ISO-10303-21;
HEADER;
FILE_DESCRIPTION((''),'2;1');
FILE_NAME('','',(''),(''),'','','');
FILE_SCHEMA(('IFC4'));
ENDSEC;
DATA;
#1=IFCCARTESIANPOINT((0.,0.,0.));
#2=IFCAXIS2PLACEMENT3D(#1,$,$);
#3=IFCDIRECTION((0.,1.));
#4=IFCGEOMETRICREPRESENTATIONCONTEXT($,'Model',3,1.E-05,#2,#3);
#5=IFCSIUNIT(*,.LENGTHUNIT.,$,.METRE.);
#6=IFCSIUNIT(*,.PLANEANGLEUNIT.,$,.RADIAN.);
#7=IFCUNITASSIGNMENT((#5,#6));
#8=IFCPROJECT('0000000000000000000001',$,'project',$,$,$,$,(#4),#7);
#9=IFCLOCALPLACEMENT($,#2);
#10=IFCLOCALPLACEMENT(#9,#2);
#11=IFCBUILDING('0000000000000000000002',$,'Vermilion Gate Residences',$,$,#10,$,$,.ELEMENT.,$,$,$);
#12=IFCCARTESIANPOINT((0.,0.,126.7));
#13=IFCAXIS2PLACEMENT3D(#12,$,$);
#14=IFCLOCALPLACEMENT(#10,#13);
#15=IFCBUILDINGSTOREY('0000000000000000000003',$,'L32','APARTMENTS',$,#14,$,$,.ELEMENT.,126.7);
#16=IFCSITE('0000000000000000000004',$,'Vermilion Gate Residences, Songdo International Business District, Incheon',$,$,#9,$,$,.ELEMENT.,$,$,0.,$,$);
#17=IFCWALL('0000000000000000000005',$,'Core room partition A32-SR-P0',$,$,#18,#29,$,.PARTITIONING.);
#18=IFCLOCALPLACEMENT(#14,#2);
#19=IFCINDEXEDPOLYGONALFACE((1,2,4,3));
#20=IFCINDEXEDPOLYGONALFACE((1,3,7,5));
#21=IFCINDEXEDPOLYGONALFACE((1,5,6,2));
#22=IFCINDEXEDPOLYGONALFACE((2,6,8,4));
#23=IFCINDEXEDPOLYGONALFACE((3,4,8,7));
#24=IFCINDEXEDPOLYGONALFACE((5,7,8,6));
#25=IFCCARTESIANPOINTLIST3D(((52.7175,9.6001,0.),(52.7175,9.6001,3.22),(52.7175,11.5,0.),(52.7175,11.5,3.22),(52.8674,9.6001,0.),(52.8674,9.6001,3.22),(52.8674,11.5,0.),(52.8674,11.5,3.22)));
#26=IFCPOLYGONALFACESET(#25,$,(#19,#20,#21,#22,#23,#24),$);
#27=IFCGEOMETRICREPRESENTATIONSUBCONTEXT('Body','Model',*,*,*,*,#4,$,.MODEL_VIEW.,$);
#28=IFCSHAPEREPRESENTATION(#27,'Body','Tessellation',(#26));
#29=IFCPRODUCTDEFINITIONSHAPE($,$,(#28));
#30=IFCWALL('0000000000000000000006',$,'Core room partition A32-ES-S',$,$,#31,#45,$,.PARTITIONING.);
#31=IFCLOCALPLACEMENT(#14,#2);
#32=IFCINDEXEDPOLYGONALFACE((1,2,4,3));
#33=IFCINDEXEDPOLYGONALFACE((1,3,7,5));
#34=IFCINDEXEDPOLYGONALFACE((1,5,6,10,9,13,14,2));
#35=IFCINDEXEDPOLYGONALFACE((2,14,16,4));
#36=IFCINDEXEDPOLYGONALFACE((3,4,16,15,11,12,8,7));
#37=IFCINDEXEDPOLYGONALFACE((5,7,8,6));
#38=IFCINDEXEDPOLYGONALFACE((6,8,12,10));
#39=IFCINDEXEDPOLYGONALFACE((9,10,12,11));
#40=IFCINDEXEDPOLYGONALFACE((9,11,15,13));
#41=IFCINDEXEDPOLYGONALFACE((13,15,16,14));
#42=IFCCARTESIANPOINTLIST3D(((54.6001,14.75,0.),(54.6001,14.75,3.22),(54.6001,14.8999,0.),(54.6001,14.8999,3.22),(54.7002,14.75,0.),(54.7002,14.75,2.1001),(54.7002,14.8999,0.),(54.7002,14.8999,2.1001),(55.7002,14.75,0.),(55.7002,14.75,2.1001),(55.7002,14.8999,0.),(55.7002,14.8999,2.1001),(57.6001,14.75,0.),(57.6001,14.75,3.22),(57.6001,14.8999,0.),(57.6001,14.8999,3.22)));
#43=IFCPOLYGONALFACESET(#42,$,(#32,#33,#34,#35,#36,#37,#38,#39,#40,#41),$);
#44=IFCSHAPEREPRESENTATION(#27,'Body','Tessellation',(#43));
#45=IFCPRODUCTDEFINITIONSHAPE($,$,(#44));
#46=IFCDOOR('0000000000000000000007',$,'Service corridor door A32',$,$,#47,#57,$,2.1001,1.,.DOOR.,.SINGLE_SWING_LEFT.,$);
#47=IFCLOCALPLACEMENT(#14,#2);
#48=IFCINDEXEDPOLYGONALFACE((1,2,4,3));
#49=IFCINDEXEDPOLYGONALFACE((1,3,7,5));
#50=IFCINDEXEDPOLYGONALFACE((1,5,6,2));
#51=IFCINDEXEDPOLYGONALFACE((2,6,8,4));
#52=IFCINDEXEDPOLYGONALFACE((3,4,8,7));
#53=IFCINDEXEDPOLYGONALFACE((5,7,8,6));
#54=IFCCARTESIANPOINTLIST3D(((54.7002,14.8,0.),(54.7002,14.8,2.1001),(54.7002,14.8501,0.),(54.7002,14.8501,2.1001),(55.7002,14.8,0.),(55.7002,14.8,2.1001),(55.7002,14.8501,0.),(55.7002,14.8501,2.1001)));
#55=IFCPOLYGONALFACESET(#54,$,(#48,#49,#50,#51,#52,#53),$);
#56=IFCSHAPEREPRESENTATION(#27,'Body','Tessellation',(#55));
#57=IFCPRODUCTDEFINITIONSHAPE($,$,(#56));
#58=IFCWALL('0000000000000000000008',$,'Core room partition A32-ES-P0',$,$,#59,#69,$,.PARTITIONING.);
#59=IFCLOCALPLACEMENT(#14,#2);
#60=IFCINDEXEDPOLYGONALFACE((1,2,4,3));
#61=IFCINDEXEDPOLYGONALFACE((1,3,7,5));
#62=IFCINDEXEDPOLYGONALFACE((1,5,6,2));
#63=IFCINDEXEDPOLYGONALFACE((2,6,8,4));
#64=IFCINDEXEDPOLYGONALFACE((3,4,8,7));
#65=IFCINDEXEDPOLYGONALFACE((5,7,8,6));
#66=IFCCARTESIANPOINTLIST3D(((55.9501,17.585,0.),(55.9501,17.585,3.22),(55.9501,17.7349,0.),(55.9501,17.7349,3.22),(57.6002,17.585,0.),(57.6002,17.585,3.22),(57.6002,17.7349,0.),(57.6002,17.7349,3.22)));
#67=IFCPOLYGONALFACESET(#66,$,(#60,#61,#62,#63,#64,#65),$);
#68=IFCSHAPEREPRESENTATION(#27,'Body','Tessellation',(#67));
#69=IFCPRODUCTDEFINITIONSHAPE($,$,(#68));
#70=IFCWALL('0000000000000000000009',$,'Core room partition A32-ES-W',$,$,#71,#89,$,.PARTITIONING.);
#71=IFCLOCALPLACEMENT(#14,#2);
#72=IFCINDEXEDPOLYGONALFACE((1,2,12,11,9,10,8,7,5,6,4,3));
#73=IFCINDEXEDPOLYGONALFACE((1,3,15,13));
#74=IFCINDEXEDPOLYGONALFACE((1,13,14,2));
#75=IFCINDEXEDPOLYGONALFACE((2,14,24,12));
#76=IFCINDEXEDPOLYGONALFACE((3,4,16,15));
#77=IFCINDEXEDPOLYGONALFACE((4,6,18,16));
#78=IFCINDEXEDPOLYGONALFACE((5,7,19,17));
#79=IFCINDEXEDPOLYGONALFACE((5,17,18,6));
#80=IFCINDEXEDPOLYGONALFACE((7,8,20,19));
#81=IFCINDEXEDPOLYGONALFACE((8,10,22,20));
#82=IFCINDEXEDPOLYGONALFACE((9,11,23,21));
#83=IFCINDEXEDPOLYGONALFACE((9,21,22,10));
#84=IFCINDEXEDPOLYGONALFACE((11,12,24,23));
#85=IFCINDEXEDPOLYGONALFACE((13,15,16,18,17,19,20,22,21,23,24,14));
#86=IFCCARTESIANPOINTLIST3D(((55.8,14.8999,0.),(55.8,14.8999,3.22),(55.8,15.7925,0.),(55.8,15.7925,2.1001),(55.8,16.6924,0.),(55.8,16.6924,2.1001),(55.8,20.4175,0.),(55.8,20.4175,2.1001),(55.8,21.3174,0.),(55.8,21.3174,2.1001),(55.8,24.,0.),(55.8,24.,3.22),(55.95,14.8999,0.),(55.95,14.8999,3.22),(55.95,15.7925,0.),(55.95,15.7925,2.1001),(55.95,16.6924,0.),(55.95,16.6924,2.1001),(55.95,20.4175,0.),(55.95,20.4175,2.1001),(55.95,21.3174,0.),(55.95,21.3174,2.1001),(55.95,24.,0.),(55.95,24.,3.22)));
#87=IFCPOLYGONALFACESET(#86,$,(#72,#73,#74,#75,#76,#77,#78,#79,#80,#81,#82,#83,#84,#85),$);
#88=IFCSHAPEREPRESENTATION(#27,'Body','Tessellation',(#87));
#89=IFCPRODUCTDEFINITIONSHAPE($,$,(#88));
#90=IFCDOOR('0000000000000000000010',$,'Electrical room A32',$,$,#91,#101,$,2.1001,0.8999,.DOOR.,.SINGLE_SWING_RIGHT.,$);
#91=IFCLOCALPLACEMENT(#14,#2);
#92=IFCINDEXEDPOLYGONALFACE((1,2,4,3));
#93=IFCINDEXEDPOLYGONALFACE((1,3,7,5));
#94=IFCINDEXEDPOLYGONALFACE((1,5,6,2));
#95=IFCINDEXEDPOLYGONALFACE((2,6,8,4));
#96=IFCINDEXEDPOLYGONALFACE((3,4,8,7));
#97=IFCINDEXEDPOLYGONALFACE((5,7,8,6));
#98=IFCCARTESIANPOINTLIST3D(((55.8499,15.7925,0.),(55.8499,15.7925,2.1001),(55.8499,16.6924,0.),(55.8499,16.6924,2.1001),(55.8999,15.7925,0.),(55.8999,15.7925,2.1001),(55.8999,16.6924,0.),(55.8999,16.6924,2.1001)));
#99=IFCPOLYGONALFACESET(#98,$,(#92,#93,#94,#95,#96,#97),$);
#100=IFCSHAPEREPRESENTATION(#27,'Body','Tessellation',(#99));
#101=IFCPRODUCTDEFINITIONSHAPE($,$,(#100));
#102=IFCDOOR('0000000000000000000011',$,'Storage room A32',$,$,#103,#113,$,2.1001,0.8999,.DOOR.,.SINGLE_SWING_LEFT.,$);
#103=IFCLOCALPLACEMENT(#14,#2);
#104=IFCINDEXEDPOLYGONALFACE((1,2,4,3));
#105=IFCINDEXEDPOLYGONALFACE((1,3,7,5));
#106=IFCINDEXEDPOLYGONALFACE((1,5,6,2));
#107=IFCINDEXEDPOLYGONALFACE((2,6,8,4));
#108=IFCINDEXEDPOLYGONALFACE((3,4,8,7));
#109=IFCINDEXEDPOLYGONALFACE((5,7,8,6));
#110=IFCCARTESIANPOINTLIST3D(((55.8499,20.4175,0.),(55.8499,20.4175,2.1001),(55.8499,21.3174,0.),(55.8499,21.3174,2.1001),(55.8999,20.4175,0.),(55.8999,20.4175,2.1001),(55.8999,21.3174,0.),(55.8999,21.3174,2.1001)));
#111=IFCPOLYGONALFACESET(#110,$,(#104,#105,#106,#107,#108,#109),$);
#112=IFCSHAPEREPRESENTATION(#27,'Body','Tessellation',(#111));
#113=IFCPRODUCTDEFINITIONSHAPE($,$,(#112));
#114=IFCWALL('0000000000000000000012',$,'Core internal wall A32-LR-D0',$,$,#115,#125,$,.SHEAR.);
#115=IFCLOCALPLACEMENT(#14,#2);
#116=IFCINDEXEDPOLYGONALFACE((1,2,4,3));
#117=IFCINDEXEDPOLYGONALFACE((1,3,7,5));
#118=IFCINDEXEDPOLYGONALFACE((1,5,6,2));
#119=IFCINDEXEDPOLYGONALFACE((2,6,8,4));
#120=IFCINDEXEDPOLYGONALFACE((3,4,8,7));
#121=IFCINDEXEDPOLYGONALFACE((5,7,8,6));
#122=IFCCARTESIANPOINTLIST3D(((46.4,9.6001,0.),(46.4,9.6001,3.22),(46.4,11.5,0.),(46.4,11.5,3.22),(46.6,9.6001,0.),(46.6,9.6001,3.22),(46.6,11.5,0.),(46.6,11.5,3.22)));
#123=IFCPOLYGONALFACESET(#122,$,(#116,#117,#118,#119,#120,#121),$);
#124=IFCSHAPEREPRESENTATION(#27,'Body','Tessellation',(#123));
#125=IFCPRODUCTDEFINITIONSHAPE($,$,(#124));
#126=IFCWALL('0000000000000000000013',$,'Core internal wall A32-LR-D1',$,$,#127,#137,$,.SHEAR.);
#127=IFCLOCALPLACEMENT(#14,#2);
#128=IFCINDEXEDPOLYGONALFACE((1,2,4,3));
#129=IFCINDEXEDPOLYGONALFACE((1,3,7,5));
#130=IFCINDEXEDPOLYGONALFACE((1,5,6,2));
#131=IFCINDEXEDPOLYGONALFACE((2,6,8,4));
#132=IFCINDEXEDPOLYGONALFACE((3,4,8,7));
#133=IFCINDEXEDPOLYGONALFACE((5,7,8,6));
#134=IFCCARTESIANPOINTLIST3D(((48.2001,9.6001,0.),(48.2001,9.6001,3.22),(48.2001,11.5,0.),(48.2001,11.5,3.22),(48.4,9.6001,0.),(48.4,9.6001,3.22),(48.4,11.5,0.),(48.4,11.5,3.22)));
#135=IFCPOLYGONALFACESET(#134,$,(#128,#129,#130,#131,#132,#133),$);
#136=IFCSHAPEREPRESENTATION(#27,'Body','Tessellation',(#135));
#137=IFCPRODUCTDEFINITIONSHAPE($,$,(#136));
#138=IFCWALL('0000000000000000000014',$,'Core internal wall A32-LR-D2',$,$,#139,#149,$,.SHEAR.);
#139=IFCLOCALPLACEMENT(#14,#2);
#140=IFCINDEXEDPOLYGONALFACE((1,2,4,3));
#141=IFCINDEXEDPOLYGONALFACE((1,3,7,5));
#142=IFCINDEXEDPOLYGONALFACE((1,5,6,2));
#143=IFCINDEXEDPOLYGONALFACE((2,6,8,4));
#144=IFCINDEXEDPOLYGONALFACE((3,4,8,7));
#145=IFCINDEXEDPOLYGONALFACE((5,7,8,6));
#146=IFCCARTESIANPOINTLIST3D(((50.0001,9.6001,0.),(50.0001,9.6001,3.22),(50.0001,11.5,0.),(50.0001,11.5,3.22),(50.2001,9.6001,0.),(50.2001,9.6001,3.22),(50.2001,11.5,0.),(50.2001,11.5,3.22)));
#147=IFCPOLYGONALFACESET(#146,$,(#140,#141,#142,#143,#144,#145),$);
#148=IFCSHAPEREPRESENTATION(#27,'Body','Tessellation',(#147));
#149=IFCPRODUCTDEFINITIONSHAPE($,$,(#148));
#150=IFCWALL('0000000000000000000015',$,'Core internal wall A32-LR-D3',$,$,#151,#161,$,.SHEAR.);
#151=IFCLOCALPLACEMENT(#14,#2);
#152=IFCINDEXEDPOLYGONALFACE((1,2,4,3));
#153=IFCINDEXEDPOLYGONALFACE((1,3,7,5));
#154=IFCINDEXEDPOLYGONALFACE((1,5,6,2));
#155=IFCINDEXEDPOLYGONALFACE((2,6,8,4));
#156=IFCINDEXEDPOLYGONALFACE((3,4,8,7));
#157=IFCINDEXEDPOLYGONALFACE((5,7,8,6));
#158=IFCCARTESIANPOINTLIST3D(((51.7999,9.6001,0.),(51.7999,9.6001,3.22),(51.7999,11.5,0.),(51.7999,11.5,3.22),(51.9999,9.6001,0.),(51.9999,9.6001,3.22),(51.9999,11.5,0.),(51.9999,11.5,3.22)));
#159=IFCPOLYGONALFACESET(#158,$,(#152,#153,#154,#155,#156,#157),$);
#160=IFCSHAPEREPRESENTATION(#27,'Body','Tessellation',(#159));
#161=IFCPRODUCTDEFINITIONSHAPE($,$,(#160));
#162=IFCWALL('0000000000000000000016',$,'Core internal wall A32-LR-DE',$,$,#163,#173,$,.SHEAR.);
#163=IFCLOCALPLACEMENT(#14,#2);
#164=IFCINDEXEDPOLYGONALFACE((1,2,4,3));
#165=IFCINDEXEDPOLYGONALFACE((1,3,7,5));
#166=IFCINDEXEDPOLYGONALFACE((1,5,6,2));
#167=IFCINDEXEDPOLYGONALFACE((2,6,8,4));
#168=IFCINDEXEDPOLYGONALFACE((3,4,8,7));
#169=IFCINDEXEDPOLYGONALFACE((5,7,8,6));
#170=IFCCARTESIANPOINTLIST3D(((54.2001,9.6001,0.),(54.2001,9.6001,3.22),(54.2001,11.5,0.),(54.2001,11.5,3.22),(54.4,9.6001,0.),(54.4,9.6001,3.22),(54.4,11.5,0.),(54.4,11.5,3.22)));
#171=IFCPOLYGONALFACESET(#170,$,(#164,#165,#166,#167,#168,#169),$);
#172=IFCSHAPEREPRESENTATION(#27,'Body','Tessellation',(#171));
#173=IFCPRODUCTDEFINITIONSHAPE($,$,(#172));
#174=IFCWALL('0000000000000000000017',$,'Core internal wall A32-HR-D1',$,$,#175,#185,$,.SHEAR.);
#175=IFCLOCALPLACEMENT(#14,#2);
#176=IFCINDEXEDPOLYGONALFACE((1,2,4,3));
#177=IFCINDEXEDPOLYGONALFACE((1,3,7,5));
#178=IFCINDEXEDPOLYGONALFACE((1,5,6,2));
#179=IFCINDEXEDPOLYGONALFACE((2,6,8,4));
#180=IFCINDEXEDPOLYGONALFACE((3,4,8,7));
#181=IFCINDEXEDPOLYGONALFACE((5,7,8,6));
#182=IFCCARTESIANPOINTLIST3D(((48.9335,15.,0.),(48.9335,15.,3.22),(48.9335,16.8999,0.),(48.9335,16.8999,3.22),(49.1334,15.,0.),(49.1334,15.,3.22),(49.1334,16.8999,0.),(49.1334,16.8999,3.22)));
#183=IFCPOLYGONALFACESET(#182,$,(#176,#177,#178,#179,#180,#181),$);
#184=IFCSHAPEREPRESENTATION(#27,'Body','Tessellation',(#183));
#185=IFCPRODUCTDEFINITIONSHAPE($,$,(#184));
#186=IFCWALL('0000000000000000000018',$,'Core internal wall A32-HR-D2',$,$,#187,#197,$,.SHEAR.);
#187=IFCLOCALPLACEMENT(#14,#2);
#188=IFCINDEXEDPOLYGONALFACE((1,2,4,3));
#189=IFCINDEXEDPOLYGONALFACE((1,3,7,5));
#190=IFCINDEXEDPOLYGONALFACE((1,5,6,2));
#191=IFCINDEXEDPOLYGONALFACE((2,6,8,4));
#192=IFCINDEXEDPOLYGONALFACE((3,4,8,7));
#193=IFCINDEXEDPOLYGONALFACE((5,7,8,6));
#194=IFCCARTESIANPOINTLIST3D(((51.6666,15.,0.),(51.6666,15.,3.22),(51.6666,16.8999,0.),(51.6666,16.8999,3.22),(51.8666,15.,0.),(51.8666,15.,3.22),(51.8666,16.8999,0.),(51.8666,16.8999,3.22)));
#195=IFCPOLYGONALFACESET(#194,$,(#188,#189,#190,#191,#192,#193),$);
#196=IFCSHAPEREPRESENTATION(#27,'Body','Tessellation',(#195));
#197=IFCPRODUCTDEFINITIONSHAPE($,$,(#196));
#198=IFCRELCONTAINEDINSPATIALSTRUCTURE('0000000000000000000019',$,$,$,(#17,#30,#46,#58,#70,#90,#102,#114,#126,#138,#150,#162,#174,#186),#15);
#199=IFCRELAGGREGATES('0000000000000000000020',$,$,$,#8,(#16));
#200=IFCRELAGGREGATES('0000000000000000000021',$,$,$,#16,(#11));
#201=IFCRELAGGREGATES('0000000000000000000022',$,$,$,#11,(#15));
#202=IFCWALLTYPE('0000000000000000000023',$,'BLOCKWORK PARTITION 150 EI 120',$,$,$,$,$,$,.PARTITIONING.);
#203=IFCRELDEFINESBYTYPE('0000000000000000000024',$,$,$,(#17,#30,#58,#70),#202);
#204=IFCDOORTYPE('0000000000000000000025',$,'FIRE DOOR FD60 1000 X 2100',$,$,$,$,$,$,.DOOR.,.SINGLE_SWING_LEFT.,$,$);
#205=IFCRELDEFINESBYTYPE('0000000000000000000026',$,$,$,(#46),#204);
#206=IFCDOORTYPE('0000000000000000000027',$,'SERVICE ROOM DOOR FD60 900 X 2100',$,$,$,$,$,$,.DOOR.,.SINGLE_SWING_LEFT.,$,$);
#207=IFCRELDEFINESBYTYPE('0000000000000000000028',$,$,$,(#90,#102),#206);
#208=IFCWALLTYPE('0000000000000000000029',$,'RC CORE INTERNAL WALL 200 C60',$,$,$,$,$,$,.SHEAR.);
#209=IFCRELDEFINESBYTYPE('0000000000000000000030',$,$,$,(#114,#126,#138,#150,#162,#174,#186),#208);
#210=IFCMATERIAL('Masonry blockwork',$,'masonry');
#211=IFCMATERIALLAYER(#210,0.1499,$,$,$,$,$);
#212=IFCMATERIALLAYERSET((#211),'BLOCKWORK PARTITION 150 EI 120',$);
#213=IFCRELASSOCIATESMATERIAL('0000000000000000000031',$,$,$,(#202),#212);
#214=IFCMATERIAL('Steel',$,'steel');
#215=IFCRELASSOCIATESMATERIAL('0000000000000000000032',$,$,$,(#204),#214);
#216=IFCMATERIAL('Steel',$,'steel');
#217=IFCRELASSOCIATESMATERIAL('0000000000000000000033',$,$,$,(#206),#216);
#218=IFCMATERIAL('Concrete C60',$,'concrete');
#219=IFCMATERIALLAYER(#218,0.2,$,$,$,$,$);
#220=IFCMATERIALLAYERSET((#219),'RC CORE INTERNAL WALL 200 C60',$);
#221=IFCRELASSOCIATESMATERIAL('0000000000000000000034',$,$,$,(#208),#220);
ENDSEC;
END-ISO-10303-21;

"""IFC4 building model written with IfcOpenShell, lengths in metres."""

from ifc_helpers import new_model, si_unit, direction, frame, frame_2d, origin, place, context, subcontext, project, spatial, rectangle, extrude, material, layer, layer_set, type_object, element, fill, save


model = new_model("IFC4")

# Units and contexts
model_context = context("Model", 3, precision=1e-05, world=origin(), true_north=direction((0.0, 1.0)))
body_context = subcontext(model_context, "Body", "Model", "MODEL_VIEW")
ifc_project = project(units=[si_unit("LENGTHUNIT", "METRE"), si_unit("PLANEANGLEUNIT", "RADIAN")], contexts=[model_context])

# Site, building, storey
site_placement = place(None, origin())
site = spatial("IfcSite", under=ifc_project, at=site_placement, Name="Vermilion Gate Residences, Songdo International Business District, Incheon", CompositionType="ELEMENT", RefElevation=0.0)
building_placement = place(site_placement, origin())
building = spatial("IfcBuilding", under=site, at=building_placement, Name="Vermilion Gate Residences", CompositionType="ELEMENT")
storey_placement = place(building_placement, frame((0.0, 0.0, 126.7)))
storey = spatial("IfcBuildingStorey", under=building, at=storey_placement, Name="L32", Description="APARTMENTS", CompositionType="ELEMENT", Elevation=126.7)

# Wall
ifc_material_1 = material(Name="Masonry blockwork", Category="masonry")
ifc_layer_1 = layer(ifc_material_1, 0.1499)
ifc_layer_set_1 = layer_set([ifc_layer_1], Name="BLOCKWORK PARTITION 150 EI 120")
wall_type_1 = type_object("IfcWallType", Name="BLOCKWORK PARTITION 150 EI 120", PredefinedType="PARTITIONING", material=ifc_layer_set_1)
wall_1_placement = place(storey_placement, frame((52.7925, 9.6001, 0.0), z_axis=(0.0, 0.0, 1.0), x_axis=(0.0, 1.0, 0.0)))
element("IfcWall", 1, at=wall_1_placement, inside=storey, type_object=wall_type_1, Name="Core room partition A32-SR-P0", PredefinedType="PARTITIONING", context=body_context, shape_type="SweptSolid", body=[
    extrude(rectangle(XDim=1.8999, YDim=0.1499, at=frame_2d((0.95, 0.0))), origin(), (0.0, 0.0, 1.0), 3.22),
])

# Wall, opening, door
wall_2_placement = place(storey_placement, frame((54.6001, 14.825, 0.0), z_axis=(0.0, 0.0, 1.0), x_axis=(1.0, 0.0, 0.0)))
wall_2 = element("IfcWall", 2, at=wall_2_placement, inside=storey, type_object=wall_type_1, Name="Core room partition A32-ES-S", PredefinedType="PARTITIONING", context=body_context, shape_type="SweptSolid", body=[
    extrude(rectangle(XDim=3.0, YDim=0.1499, at=frame_2d((1.5, 0.0))), origin(), (0.0, 0.0, 1.0), 3.22),
])
opening_1_placement = place(wall_2_placement, frame((0.1001, 0.0, 0.0)))
opening_1 = element("IfcOpeningElement", 3, at=opening_1_placement, cuts=wall_2, PredefinedType="OPENING", context=body_context, shape_type="SweptSolid", body=[
    extrude(rectangle(XDim=1.0, YDim=2.1001, at=frame_2d((0.5, 1.05))), frame((0.0, 0.085, 0.0), z_axis=(0.0, -1.0, 0.0), x_axis=(1.0, 0.0, 0.0)), (0.0, 0.0, 1.0), 0.1699),
])
ifc_material_2 = material(Name="Steel", Category="steel")
door_type_1 = type_object("IfcDoorType", Name="FIRE DOOR FD60 1000 X 2100", OperationType="SINGLE_SWING_LEFT", PredefinedType="DOOR", material=ifc_material_2)
door_1_placement = place(opening_1_placement, frame((1.0, 0.0, 0.0), z_axis=(0.0, 0.0, 1.0), x_axis=(-1.0, 0.0, 0.0)))
door_1 = element("IfcDoor", 4, at=door_1_placement, inside=storey, type_object=door_type_1, Name="Service corridor door A32", OperationType="SINGLE_SWING_LEFT", OverallHeight=2.1001, OverallWidth=1.0, PredefinedType="DOOR", context=body_context, shape_type="SweptSolid", body=[
    extrude(rectangle(XDim=1.0, YDim=2.1001, at=frame_2d((0.5, 1.05))), frame((0.0, 0.0249, 0.0), z_axis=(0.0, -1.0, 0.0), x_axis=(1.0, 0.0, 0.0)), (0.0, 0.0, 1.0), 0.05),
])
fill(opening_1, door_1)

# Wall
wall_3_placement = place(storey_placement, frame((55.95, 17.6599, 0.0), z_axis=(0.0, 0.0, 1.0), x_axis=(1.0, 0.0, 0.0)))
element("IfcWall", 5, at=wall_3_placement, inside=storey, type_object=wall_type_1, Name="Core room partition A32-ES-P0", PredefinedType="PARTITIONING", context=body_context, shape_type="SweptSolid", body=[
    extrude(rectangle(XDim=1.6501, YDim=0.1499, at=frame_2d((0.8252, 0.0))), origin(), (0.0, 0.0, 1.0), 3.22),
])

# Wall, openings, doors
wall_4_placement = place(storey_placement, frame((55.875, 14.8999, 0.0), z_axis=(0.0, 0.0, 1.0), x_axis=(0.0, 1.0, 0.0)))
wall_4 = element("IfcWall", 6, at=wall_4_placement, inside=storey, type_object=wall_type_1, Name="Core room partition A32-ES-W", PredefinedType="PARTITIONING", context=body_context, shape_type="SweptSolid", body=[
    extrude(rectangle(XDim=9.1001, YDim=0.1499, at=frame_2d((4.55, 0.0))), origin(), (0.0, 0.0, 1.0), 3.22),
])
opening_2_placement = place(wall_4_placement, frame((0.8926, 0.0, 0.0)))
opening_2 = element("IfcOpeningElement", 7, at=opening_2_placement, cuts=wall_4, PredefinedType="OPENING", context=body_context, shape_type="SweptSolid", body=[
    extrude(rectangle(XDim=0.8999, YDim=2.1001, at=frame_2d((0.45, 1.05))), frame((0.0, 0.085, 0.0), z_axis=(0.0, -1.0, 0.0), x_axis=(1.0, 0.0, 0.0)), (0.0, 0.0, 1.0), 0.1699),
])
opening_3_placement = place(wall_4_placement, frame((5.5176, 0.0, 0.0)))
opening_3 = element("IfcOpeningElement", 8, at=opening_3_placement, cuts=wall_4, PredefinedType="OPENING", context=body_context, shape_type="SweptSolid", body=[
    extrude(rectangle(XDim=0.8999, YDim=2.1001, at=frame_2d((0.45, 1.05))), frame((0.0, 0.085, 0.0), z_axis=(0.0, -1.0, 0.0), x_axis=(1.0, 0.0, 0.0)), (0.0, 0.0, 1.0), 0.1699),
])
ifc_material_3 = material(Name="Steel", Category="steel")
door_type_2 = type_object("IfcDoorType", Name="SERVICE ROOM DOOR FD60 900 X 2100", OperationType="SINGLE_SWING_LEFT", PredefinedType="DOOR", material=ifc_material_3)
door_2_placement = place(opening_2_placement, frame((0.8999, 0.0, 0.0), z_axis=(0.0, 0.0, 1.0), x_axis=(-1.0, 0.0, 0.0)))
door_2 = element("IfcDoor", 9, at=door_2_placement, inside=storey, type_object=door_type_2, Name="Electrical room A32", OperationType="SINGLE_SWING_RIGHT", OverallHeight=2.1001, OverallWidth=0.8999, PredefinedType="DOOR", context=body_context, shape_type="SweptSolid", body=[
    extrude(rectangle(XDim=0.8999, YDim=2.1001, at=frame_2d((0.45, 1.05))), frame((0.0, 0.0249, 0.0), z_axis=(0.0, -1.0, 0.0), x_axis=(1.0, 0.0, 0.0)), (0.0, 0.0, 1.0), 0.05),
])
fill(opening_2, door_2)
door_3_placement = place(opening_3_placement, frame((0.8999, 0.0, 0.0), z_axis=(0.0, 0.0, 1.0), x_axis=(-1.0, 0.0, 0.0)))
door_3 = element("IfcDoor", 10, at=door_3_placement, inside=storey, type_object=door_type_2, Name="Storage room A32", OperationType="SINGLE_SWING_LEFT", OverallHeight=2.1001, OverallWidth=0.8999, PredefinedType="DOOR", context=body_context, shape_type="SweptSolid", body=[
    extrude(rectangle(XDim=0.8999, YDim=2.1001, at=frame_2d((0.45, 1.05))), frame((0.0, 0.0249, 0.0), z_axis=(0.0, -1.0, 0.0), x_axis=(1.0, 0.0, 0.0)), (0.0, 0.0, 1.0), 0.05),
])
fill(opening_3, door_3)

# Walls
ifc_material_4 = material(Name="Concrete C60", Category="concrete")
ifc_layer_2 = layer(ifc_material_4, 0.2)
ifc_layer_set_2 = layer_set([ifc_layer_2], Name="RC CORE INTERNAL WALL 200 C60")
wall_type_2 = type_object("IfcWallType", Name="RC CORE INTERNAL WALL 200 C60", PredefinedType="SHEAR", material=ifc_layer_set_2)
for number, where, z_axis, x_axis, name in (
    (11, (46.5, 9.6001, 0.0), (0.0, 0.0, 1.0), (0.0, 1.0, 0.0), "Core internal wall A32-LR-D0"),
    (12, (48.3, 9.6001, 0.0), (0.0, 0.0, 1.0), (0.0, 1.0, 0.0), "Core internal wall A32-LR-D1"),
    (13, (50.1001, 9.6001, 0.0), (0.0, 0.0, 1.0), (0.0, 1.0, 0.0), "Core internal wall A32-LR-D2"),
    (14, (51.8999, 9.6001, 0.0), (0.0, 0.0, 1.0), (0.0, 1.0, 0.0), "Core internal wall A32-LR-D3"),
    (15, (54.3, 9.6001, 0.0), (0.0, 0.0, 1.0), (0.0, 1.0, 0.0), "Core internal wall A32-LR-DE"),
    (16, (49.0334, 15.0, 0.0), (0.0, 0.0, 1.0), (0.0, 1.0, 0.0), "Core internal wall A32-HR-D1"),
    (17, (51.7666, 15.0, 0.0), (0.0, 0.0, 1.0), (0.0, 1.0, 0.0), "Core internal wall A32-HR-D2"),
):
    element("IfcWall", number, at=place(storey_placement, frame(where, z_axis=z_axis, x_axis=x_axis)), inside=storey, type_object=wall_type_2, Name=name, PredefinedType="SHEAR", context=body_context, shape_type="SweptSolid", body=[
        extrude(rectangle(XDim=1.8999, YDim=0.2, at=frame_2d((0.95, 0.0))), origin(), (0.0, 0.0, 1.0), 3.22),
    ])

save(model, "model.ifc")
